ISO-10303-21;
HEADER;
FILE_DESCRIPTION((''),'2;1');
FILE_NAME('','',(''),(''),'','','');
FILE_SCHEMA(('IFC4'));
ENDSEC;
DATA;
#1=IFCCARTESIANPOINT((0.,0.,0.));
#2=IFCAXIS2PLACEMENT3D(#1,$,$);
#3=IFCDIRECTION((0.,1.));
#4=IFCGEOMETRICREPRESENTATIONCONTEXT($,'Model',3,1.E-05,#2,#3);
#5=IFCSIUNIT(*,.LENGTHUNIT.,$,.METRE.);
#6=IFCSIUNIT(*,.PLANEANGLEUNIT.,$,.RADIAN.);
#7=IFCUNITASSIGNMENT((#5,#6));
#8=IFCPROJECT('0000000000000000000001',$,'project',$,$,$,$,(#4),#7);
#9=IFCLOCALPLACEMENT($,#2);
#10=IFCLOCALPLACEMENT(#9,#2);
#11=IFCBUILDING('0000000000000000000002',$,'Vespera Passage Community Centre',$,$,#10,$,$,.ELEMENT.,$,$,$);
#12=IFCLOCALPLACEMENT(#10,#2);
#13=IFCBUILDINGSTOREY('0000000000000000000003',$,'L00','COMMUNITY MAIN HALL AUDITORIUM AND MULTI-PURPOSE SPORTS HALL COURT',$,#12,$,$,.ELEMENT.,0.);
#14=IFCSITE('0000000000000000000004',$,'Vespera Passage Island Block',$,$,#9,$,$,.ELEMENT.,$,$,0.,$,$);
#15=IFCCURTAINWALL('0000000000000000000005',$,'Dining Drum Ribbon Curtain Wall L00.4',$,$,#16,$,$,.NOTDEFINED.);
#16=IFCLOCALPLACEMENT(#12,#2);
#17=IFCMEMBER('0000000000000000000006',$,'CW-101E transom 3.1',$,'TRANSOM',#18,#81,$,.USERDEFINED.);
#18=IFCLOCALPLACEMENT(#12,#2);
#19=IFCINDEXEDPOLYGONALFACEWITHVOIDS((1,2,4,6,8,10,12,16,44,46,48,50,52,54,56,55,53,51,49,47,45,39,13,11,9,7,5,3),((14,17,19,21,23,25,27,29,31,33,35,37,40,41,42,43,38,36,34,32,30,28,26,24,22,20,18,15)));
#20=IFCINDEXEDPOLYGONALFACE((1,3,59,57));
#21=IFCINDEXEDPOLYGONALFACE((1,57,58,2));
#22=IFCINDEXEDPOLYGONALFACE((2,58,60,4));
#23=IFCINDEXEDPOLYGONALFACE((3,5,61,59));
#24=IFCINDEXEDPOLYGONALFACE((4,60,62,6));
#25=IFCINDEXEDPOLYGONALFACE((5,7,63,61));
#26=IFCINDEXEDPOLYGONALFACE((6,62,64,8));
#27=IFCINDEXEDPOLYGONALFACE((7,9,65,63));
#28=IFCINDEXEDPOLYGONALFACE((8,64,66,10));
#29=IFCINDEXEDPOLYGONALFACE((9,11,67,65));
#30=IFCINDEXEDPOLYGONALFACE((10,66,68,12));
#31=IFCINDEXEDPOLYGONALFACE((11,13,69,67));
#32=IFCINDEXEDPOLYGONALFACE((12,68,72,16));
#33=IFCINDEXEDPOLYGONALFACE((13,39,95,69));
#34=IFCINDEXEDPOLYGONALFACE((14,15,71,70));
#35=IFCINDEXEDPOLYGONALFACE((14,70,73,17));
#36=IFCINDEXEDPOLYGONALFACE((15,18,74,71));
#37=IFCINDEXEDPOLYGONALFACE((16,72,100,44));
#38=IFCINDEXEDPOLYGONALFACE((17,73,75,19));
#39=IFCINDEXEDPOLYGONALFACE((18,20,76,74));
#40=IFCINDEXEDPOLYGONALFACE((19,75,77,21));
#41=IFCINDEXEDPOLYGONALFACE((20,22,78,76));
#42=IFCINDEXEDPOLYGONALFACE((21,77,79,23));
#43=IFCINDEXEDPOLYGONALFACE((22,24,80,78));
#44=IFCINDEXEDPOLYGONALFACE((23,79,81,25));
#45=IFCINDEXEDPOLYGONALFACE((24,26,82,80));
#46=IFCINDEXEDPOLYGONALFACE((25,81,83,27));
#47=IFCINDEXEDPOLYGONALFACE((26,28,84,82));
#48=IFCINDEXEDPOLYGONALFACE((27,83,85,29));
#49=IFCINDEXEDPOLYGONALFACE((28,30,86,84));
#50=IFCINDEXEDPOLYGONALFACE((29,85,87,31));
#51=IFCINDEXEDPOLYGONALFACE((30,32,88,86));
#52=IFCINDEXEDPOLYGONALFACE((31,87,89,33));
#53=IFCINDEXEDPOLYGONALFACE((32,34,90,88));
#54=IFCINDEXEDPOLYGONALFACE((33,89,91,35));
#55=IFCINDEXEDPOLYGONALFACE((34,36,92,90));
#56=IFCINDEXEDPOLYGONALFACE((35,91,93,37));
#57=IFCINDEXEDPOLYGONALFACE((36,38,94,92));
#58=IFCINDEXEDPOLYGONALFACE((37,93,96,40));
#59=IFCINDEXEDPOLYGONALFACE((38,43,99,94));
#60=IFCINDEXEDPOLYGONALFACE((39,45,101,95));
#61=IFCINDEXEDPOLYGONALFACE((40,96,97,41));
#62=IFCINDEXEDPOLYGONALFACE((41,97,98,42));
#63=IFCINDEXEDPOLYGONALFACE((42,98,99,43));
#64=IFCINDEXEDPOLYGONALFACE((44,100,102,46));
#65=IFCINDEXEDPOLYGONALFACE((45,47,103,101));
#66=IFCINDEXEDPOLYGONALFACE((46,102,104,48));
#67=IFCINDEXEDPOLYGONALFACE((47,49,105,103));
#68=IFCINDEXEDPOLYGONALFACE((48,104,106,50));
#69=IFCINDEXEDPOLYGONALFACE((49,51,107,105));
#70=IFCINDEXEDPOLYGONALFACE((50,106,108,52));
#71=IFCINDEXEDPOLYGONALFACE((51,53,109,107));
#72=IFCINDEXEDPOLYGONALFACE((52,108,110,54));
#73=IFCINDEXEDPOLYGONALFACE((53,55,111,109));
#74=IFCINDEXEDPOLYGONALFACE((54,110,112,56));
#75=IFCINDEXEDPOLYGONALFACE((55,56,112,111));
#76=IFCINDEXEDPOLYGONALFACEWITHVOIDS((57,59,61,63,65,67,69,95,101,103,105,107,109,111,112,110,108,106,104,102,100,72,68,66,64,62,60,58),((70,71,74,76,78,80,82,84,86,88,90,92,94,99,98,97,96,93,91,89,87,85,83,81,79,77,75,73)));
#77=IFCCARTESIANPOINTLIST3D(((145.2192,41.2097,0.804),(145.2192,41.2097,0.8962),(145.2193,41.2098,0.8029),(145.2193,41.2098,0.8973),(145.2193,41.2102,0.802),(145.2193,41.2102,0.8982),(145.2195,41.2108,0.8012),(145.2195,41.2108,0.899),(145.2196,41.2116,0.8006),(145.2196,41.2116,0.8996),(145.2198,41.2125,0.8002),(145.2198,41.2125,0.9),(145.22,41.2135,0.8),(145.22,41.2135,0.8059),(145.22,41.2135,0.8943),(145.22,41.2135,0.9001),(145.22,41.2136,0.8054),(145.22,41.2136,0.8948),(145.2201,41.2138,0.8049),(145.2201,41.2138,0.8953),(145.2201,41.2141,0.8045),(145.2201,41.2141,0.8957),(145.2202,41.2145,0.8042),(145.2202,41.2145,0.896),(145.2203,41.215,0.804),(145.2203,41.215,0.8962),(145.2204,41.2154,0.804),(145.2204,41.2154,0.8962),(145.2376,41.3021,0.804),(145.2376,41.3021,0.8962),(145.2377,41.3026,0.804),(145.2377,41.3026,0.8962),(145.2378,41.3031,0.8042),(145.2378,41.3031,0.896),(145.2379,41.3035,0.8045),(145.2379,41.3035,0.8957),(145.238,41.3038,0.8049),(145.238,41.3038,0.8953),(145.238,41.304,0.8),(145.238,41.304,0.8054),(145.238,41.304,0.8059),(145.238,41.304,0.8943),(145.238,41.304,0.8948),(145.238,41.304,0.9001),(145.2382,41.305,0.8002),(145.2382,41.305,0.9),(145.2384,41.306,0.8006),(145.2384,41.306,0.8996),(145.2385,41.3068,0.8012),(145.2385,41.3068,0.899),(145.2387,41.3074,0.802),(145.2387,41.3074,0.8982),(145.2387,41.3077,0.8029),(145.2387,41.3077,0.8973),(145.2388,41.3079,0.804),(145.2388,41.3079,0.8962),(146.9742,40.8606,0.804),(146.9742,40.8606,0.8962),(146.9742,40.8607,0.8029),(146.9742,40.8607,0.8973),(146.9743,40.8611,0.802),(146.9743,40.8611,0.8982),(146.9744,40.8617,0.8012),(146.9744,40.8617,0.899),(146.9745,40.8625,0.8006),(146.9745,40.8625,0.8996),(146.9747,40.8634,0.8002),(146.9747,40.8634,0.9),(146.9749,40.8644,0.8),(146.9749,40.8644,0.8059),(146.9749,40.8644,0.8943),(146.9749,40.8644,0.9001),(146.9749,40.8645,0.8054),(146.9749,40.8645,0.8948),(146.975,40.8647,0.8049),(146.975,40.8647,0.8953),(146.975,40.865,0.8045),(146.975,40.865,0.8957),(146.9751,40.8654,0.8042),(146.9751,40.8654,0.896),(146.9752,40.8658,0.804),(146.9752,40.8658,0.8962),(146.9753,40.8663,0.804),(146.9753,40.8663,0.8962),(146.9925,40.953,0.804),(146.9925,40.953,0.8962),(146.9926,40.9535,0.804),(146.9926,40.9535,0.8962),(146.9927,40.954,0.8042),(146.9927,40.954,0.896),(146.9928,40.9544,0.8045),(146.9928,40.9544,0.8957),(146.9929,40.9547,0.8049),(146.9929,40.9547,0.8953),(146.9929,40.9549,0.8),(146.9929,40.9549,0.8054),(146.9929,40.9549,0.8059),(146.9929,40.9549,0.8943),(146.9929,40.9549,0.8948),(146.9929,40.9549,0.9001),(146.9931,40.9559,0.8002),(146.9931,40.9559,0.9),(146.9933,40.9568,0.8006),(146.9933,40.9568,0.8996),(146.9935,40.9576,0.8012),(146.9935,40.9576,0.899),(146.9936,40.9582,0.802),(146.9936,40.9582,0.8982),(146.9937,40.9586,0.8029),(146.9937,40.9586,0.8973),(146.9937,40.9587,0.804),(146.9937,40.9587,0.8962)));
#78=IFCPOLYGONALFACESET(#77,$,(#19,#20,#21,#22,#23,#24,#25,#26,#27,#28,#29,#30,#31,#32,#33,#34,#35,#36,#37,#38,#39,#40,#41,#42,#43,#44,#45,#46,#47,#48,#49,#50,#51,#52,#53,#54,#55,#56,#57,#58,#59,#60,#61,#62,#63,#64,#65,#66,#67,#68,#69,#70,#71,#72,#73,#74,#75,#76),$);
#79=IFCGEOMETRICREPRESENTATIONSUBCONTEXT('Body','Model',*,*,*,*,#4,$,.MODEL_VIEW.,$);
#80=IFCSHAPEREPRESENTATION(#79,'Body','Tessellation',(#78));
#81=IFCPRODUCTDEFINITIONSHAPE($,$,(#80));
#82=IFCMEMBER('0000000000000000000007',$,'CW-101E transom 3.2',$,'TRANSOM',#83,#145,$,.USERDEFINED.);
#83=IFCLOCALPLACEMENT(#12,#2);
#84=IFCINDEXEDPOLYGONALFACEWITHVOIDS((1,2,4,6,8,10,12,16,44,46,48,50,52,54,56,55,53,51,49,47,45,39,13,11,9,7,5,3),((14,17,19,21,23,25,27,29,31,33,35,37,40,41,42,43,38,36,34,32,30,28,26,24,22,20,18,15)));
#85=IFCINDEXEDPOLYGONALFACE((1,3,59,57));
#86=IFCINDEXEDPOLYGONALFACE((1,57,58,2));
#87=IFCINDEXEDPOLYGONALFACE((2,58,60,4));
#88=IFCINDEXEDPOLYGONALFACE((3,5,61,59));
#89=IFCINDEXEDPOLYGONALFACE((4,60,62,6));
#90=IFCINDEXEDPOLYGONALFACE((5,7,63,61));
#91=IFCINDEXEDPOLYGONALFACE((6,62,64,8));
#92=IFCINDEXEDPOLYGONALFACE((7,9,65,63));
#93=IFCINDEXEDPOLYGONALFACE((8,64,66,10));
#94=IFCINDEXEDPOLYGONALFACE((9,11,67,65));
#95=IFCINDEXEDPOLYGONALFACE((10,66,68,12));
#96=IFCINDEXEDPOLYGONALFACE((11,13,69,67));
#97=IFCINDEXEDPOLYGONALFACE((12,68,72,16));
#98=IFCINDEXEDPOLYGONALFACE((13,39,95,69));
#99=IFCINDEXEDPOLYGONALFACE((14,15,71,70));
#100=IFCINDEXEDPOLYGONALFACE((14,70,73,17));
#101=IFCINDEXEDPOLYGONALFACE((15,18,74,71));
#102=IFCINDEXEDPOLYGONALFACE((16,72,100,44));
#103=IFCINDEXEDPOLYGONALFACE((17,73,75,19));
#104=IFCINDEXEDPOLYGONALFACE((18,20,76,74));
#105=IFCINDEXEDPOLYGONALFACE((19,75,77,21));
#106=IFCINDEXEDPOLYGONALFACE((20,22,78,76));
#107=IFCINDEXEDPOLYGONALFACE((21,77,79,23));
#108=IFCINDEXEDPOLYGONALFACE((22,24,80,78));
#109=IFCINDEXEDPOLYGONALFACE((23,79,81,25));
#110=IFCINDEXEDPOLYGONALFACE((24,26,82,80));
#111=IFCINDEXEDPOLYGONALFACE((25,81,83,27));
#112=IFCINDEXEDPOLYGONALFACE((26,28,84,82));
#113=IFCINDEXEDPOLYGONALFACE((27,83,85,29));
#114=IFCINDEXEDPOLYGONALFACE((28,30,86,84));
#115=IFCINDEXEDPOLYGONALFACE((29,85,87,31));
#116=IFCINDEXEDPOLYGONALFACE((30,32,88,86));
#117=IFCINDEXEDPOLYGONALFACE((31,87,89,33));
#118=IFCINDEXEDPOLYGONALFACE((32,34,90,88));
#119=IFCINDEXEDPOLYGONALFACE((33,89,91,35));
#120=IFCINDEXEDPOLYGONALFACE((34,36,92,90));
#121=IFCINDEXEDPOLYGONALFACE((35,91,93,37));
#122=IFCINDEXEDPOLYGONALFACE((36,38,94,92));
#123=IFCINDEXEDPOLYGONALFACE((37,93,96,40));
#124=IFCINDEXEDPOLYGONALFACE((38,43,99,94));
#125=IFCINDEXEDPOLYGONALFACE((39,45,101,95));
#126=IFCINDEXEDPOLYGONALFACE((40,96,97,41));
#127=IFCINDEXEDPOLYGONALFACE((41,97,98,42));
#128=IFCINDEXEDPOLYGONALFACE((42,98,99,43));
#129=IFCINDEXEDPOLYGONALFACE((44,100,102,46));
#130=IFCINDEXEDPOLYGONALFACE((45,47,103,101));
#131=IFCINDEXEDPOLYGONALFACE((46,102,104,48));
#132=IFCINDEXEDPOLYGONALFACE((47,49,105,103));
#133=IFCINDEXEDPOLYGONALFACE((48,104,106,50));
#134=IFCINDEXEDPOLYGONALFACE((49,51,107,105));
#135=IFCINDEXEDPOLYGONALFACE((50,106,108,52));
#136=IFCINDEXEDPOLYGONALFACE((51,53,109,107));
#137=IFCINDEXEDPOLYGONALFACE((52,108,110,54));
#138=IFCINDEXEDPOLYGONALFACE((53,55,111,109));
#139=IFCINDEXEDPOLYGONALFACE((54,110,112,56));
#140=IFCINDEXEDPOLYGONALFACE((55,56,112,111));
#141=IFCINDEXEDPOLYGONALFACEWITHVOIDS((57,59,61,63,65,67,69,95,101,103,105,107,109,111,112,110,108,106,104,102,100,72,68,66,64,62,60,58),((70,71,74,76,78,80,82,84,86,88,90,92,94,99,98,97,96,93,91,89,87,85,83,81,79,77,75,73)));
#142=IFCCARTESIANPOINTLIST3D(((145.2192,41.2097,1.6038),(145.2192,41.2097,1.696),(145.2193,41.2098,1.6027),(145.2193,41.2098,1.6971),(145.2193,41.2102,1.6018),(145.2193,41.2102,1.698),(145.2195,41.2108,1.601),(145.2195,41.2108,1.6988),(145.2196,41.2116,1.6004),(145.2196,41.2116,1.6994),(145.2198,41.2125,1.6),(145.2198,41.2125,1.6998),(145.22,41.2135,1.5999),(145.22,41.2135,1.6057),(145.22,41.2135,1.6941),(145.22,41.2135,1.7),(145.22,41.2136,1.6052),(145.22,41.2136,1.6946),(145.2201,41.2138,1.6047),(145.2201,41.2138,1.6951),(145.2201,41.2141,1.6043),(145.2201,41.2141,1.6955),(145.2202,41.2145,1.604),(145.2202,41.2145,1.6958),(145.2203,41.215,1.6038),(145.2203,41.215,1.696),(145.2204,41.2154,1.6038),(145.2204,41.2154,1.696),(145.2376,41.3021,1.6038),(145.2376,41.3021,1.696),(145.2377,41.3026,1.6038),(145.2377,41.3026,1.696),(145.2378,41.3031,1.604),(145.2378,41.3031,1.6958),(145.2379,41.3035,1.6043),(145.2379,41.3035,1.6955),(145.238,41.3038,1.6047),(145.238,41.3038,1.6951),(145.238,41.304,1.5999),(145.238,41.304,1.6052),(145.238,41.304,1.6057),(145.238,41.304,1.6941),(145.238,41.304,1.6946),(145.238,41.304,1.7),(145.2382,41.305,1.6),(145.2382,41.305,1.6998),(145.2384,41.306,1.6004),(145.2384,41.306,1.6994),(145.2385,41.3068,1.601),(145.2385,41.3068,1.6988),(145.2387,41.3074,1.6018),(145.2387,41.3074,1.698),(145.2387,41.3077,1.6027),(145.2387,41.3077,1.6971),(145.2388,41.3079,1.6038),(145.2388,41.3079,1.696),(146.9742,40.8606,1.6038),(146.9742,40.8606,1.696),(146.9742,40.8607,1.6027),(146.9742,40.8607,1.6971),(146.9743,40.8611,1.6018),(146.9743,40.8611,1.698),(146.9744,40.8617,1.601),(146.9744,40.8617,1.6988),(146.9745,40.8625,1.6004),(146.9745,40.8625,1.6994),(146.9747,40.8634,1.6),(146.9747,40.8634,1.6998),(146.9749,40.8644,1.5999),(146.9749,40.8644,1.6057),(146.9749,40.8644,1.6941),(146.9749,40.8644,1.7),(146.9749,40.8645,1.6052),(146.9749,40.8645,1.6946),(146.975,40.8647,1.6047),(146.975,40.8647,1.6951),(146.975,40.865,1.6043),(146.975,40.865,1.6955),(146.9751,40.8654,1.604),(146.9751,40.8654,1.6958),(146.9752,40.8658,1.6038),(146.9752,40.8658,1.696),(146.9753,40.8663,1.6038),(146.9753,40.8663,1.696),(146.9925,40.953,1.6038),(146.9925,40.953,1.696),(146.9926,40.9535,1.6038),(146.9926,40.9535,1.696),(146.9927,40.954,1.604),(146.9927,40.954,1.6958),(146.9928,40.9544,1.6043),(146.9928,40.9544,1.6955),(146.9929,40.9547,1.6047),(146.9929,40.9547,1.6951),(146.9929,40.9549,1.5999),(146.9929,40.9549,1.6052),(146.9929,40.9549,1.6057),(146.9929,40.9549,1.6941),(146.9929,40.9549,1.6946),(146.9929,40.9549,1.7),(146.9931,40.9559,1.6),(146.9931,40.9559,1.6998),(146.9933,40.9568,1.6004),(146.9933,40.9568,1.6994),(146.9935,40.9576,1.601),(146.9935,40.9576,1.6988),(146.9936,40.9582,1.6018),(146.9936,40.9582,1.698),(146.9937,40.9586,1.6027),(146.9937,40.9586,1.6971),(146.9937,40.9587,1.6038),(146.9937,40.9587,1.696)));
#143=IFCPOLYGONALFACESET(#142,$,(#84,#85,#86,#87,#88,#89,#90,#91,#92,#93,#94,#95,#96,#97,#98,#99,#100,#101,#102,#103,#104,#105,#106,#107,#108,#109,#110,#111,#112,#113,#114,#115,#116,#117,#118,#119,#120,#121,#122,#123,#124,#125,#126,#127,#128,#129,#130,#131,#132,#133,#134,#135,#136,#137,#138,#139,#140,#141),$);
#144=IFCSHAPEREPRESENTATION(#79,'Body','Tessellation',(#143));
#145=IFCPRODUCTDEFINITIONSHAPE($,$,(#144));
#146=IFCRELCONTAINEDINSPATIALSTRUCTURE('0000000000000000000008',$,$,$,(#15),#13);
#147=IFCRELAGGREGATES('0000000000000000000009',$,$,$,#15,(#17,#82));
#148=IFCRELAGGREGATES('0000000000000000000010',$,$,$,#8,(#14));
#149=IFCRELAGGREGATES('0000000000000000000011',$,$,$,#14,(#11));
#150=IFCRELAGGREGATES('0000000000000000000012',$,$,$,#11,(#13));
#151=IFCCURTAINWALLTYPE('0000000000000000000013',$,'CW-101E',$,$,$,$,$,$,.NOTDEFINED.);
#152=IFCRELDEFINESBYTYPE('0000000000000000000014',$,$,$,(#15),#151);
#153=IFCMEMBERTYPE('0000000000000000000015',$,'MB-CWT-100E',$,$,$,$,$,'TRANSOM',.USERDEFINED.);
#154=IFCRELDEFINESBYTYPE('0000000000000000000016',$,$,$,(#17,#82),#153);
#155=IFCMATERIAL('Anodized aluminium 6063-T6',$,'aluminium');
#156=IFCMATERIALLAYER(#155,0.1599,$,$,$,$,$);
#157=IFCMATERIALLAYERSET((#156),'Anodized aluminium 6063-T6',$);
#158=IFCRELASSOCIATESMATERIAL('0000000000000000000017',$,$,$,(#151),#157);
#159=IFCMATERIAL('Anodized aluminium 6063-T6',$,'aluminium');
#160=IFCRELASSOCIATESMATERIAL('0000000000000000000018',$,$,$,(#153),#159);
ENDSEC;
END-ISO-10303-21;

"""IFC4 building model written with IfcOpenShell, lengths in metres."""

from ifc_helpers import new_model, si_unit, direction, frame, origin, origin_2d, place, context, subcontext, project, spatial, hollow_rectangle, extrude, material, layer, layer_set, material_profile, profile_set, type_object, element, aggregate, save


model = new_model("IFC4")

# Units and contexts
model_context = context("Model", 3, precision=1e-05, world=origin(), true_north=direction((0.0, 1.0)))
body_context = subcontext(model_context, "Body", "Model", "MODEL_VIEW")
ifc_project = project(units=[si_unit("LENGTHUNIT", "METRE"), si_unit("PLANEANGLEUNIT", "RADIAN")], contexts=[model_context])

# Site, building, storey
site_placement = place(None, origin())
site = spatial("IfcSite", under=ifc_project, at=site_placement, Name="Vespera Passage Island Block", CompositionType="ELEMENT", RefElevation=0.0)
building_placement = place(site_placement, origin())
building = spatial("IfcBuilding", under=site, at=building_placement, Name="Vespera Passage Community Centre", CompositionType="ELEMENT")
storey_placement = place(building_placement, origin())
storey = spatial("IfcBuildingStorey", under=building, at=storey_placement, Name="L00", Description="COMMUNITY MAIN HALL AUDITORIUM AND MULTI-PURPOSE SPORTS HALL COURT", CompositionType="ELEMENT", Elevation=0.0)

# Curtain wall
ifc_material_1 = material(Name="Anodized aluminium 6063-T6", Category="aluminium")
ifc_layer_1 = layer(ifc_material_1, 0.1599)
ifc_layer_set_1 = layer_set([ifc_layer_1], Name="Anodized aluminium 6063-T6")
curtain_wall_type_1 = type_object("IfcCurtainWallType", Name="CW-101E", PredefinedType="NOTDEFINED", material=ifc_layer_set_1)
curtain_wall_1_placement = place(storey_placement, origin())
curtain_wall_1 = element("IfcCurtainWall", 1, at=curtain_wall_1_placement, inside=storey, type_object=curtain_wall_type_1, Name="Dining Drum Ribbon Curtain Wall L00.4", PredefinedType="NOTDEFINED")

# Members
ifc_material_2 = material(Name="Anodized aluminium 6063-T6", Category="aluminium")
ifc_material_profile_1 = material_profile(ifc_material_2, hollow_rectangle(XDim=0.1001, YDim=0.1001, WallThickness=0.0039, InnerFilletRadius=0.002, OuterFilletRadius=0.0039, at=origin_2d()), Name="ALU100X100X4")
ifc_profile_set_1 = profile_set([ifc_material_profile_1], Name="Anodized aluminium 6063-T6")
member_type_1 = type_object("IfcMemberType", Name="MB-CWT-100E", ElementType="TRANSOM", PredefinedType="USERDEFINED", material=ifc_profile_set_1)
member_1_placement = place(storey_placement, frame((145.229, 41.2588, 0.8501), z_axis=(0.98078, -0.195119, 0.0), x_axis=(0.195119, 0.98078, 0.0)))
member_1 = element("IfcMember", 2, at=member_1_placement, type_object=member_type_1, Name="CW-101E transom 3.1", ObjectType="TRANSOM", PredefinedType="USERDEFINED", context=body_context, shape_type="SweptSolid", body=[
    extrude(hollow_rectangle(XDim=0.1001, YDim=0.1001, WallThickness=0.0039, InnerFilletRadius=0.002, OuterFilletRadius=0.0039, at=origin_2d()), origin(), (0.0, 0.0, 1.0), 1.7893),
])
member_2_placement = place(storey_placement, frame((145.229, 41.2588, 1.6499), z_axis=(0.98078, -0.195119, 0.0), x_axis=(0.195119, 0.98078, 0.0)))
member_2 = element("IfcMember", 3, at=member_2_placement, type_object=member_type_1, Name="CW-101E transom 3.2", ObjectType="TRANSOM", PredefinedType="USERDEFINED", context=body_context, shape_type="SweptSolid", body=[
    extrude(hollow_rectangle(XDim=0.1001, YDim=0.1001, WallThickness=0.0039, InnerFilletRadius=0.002, OuterFilletRadius=0.0039, at=origin_2d()), origin(), (0.0, 0.0, 1.0), 1.7893),
])

aggregate(curtain_wall_1, [member_1, member_2])

save(model, "model.ifc")
